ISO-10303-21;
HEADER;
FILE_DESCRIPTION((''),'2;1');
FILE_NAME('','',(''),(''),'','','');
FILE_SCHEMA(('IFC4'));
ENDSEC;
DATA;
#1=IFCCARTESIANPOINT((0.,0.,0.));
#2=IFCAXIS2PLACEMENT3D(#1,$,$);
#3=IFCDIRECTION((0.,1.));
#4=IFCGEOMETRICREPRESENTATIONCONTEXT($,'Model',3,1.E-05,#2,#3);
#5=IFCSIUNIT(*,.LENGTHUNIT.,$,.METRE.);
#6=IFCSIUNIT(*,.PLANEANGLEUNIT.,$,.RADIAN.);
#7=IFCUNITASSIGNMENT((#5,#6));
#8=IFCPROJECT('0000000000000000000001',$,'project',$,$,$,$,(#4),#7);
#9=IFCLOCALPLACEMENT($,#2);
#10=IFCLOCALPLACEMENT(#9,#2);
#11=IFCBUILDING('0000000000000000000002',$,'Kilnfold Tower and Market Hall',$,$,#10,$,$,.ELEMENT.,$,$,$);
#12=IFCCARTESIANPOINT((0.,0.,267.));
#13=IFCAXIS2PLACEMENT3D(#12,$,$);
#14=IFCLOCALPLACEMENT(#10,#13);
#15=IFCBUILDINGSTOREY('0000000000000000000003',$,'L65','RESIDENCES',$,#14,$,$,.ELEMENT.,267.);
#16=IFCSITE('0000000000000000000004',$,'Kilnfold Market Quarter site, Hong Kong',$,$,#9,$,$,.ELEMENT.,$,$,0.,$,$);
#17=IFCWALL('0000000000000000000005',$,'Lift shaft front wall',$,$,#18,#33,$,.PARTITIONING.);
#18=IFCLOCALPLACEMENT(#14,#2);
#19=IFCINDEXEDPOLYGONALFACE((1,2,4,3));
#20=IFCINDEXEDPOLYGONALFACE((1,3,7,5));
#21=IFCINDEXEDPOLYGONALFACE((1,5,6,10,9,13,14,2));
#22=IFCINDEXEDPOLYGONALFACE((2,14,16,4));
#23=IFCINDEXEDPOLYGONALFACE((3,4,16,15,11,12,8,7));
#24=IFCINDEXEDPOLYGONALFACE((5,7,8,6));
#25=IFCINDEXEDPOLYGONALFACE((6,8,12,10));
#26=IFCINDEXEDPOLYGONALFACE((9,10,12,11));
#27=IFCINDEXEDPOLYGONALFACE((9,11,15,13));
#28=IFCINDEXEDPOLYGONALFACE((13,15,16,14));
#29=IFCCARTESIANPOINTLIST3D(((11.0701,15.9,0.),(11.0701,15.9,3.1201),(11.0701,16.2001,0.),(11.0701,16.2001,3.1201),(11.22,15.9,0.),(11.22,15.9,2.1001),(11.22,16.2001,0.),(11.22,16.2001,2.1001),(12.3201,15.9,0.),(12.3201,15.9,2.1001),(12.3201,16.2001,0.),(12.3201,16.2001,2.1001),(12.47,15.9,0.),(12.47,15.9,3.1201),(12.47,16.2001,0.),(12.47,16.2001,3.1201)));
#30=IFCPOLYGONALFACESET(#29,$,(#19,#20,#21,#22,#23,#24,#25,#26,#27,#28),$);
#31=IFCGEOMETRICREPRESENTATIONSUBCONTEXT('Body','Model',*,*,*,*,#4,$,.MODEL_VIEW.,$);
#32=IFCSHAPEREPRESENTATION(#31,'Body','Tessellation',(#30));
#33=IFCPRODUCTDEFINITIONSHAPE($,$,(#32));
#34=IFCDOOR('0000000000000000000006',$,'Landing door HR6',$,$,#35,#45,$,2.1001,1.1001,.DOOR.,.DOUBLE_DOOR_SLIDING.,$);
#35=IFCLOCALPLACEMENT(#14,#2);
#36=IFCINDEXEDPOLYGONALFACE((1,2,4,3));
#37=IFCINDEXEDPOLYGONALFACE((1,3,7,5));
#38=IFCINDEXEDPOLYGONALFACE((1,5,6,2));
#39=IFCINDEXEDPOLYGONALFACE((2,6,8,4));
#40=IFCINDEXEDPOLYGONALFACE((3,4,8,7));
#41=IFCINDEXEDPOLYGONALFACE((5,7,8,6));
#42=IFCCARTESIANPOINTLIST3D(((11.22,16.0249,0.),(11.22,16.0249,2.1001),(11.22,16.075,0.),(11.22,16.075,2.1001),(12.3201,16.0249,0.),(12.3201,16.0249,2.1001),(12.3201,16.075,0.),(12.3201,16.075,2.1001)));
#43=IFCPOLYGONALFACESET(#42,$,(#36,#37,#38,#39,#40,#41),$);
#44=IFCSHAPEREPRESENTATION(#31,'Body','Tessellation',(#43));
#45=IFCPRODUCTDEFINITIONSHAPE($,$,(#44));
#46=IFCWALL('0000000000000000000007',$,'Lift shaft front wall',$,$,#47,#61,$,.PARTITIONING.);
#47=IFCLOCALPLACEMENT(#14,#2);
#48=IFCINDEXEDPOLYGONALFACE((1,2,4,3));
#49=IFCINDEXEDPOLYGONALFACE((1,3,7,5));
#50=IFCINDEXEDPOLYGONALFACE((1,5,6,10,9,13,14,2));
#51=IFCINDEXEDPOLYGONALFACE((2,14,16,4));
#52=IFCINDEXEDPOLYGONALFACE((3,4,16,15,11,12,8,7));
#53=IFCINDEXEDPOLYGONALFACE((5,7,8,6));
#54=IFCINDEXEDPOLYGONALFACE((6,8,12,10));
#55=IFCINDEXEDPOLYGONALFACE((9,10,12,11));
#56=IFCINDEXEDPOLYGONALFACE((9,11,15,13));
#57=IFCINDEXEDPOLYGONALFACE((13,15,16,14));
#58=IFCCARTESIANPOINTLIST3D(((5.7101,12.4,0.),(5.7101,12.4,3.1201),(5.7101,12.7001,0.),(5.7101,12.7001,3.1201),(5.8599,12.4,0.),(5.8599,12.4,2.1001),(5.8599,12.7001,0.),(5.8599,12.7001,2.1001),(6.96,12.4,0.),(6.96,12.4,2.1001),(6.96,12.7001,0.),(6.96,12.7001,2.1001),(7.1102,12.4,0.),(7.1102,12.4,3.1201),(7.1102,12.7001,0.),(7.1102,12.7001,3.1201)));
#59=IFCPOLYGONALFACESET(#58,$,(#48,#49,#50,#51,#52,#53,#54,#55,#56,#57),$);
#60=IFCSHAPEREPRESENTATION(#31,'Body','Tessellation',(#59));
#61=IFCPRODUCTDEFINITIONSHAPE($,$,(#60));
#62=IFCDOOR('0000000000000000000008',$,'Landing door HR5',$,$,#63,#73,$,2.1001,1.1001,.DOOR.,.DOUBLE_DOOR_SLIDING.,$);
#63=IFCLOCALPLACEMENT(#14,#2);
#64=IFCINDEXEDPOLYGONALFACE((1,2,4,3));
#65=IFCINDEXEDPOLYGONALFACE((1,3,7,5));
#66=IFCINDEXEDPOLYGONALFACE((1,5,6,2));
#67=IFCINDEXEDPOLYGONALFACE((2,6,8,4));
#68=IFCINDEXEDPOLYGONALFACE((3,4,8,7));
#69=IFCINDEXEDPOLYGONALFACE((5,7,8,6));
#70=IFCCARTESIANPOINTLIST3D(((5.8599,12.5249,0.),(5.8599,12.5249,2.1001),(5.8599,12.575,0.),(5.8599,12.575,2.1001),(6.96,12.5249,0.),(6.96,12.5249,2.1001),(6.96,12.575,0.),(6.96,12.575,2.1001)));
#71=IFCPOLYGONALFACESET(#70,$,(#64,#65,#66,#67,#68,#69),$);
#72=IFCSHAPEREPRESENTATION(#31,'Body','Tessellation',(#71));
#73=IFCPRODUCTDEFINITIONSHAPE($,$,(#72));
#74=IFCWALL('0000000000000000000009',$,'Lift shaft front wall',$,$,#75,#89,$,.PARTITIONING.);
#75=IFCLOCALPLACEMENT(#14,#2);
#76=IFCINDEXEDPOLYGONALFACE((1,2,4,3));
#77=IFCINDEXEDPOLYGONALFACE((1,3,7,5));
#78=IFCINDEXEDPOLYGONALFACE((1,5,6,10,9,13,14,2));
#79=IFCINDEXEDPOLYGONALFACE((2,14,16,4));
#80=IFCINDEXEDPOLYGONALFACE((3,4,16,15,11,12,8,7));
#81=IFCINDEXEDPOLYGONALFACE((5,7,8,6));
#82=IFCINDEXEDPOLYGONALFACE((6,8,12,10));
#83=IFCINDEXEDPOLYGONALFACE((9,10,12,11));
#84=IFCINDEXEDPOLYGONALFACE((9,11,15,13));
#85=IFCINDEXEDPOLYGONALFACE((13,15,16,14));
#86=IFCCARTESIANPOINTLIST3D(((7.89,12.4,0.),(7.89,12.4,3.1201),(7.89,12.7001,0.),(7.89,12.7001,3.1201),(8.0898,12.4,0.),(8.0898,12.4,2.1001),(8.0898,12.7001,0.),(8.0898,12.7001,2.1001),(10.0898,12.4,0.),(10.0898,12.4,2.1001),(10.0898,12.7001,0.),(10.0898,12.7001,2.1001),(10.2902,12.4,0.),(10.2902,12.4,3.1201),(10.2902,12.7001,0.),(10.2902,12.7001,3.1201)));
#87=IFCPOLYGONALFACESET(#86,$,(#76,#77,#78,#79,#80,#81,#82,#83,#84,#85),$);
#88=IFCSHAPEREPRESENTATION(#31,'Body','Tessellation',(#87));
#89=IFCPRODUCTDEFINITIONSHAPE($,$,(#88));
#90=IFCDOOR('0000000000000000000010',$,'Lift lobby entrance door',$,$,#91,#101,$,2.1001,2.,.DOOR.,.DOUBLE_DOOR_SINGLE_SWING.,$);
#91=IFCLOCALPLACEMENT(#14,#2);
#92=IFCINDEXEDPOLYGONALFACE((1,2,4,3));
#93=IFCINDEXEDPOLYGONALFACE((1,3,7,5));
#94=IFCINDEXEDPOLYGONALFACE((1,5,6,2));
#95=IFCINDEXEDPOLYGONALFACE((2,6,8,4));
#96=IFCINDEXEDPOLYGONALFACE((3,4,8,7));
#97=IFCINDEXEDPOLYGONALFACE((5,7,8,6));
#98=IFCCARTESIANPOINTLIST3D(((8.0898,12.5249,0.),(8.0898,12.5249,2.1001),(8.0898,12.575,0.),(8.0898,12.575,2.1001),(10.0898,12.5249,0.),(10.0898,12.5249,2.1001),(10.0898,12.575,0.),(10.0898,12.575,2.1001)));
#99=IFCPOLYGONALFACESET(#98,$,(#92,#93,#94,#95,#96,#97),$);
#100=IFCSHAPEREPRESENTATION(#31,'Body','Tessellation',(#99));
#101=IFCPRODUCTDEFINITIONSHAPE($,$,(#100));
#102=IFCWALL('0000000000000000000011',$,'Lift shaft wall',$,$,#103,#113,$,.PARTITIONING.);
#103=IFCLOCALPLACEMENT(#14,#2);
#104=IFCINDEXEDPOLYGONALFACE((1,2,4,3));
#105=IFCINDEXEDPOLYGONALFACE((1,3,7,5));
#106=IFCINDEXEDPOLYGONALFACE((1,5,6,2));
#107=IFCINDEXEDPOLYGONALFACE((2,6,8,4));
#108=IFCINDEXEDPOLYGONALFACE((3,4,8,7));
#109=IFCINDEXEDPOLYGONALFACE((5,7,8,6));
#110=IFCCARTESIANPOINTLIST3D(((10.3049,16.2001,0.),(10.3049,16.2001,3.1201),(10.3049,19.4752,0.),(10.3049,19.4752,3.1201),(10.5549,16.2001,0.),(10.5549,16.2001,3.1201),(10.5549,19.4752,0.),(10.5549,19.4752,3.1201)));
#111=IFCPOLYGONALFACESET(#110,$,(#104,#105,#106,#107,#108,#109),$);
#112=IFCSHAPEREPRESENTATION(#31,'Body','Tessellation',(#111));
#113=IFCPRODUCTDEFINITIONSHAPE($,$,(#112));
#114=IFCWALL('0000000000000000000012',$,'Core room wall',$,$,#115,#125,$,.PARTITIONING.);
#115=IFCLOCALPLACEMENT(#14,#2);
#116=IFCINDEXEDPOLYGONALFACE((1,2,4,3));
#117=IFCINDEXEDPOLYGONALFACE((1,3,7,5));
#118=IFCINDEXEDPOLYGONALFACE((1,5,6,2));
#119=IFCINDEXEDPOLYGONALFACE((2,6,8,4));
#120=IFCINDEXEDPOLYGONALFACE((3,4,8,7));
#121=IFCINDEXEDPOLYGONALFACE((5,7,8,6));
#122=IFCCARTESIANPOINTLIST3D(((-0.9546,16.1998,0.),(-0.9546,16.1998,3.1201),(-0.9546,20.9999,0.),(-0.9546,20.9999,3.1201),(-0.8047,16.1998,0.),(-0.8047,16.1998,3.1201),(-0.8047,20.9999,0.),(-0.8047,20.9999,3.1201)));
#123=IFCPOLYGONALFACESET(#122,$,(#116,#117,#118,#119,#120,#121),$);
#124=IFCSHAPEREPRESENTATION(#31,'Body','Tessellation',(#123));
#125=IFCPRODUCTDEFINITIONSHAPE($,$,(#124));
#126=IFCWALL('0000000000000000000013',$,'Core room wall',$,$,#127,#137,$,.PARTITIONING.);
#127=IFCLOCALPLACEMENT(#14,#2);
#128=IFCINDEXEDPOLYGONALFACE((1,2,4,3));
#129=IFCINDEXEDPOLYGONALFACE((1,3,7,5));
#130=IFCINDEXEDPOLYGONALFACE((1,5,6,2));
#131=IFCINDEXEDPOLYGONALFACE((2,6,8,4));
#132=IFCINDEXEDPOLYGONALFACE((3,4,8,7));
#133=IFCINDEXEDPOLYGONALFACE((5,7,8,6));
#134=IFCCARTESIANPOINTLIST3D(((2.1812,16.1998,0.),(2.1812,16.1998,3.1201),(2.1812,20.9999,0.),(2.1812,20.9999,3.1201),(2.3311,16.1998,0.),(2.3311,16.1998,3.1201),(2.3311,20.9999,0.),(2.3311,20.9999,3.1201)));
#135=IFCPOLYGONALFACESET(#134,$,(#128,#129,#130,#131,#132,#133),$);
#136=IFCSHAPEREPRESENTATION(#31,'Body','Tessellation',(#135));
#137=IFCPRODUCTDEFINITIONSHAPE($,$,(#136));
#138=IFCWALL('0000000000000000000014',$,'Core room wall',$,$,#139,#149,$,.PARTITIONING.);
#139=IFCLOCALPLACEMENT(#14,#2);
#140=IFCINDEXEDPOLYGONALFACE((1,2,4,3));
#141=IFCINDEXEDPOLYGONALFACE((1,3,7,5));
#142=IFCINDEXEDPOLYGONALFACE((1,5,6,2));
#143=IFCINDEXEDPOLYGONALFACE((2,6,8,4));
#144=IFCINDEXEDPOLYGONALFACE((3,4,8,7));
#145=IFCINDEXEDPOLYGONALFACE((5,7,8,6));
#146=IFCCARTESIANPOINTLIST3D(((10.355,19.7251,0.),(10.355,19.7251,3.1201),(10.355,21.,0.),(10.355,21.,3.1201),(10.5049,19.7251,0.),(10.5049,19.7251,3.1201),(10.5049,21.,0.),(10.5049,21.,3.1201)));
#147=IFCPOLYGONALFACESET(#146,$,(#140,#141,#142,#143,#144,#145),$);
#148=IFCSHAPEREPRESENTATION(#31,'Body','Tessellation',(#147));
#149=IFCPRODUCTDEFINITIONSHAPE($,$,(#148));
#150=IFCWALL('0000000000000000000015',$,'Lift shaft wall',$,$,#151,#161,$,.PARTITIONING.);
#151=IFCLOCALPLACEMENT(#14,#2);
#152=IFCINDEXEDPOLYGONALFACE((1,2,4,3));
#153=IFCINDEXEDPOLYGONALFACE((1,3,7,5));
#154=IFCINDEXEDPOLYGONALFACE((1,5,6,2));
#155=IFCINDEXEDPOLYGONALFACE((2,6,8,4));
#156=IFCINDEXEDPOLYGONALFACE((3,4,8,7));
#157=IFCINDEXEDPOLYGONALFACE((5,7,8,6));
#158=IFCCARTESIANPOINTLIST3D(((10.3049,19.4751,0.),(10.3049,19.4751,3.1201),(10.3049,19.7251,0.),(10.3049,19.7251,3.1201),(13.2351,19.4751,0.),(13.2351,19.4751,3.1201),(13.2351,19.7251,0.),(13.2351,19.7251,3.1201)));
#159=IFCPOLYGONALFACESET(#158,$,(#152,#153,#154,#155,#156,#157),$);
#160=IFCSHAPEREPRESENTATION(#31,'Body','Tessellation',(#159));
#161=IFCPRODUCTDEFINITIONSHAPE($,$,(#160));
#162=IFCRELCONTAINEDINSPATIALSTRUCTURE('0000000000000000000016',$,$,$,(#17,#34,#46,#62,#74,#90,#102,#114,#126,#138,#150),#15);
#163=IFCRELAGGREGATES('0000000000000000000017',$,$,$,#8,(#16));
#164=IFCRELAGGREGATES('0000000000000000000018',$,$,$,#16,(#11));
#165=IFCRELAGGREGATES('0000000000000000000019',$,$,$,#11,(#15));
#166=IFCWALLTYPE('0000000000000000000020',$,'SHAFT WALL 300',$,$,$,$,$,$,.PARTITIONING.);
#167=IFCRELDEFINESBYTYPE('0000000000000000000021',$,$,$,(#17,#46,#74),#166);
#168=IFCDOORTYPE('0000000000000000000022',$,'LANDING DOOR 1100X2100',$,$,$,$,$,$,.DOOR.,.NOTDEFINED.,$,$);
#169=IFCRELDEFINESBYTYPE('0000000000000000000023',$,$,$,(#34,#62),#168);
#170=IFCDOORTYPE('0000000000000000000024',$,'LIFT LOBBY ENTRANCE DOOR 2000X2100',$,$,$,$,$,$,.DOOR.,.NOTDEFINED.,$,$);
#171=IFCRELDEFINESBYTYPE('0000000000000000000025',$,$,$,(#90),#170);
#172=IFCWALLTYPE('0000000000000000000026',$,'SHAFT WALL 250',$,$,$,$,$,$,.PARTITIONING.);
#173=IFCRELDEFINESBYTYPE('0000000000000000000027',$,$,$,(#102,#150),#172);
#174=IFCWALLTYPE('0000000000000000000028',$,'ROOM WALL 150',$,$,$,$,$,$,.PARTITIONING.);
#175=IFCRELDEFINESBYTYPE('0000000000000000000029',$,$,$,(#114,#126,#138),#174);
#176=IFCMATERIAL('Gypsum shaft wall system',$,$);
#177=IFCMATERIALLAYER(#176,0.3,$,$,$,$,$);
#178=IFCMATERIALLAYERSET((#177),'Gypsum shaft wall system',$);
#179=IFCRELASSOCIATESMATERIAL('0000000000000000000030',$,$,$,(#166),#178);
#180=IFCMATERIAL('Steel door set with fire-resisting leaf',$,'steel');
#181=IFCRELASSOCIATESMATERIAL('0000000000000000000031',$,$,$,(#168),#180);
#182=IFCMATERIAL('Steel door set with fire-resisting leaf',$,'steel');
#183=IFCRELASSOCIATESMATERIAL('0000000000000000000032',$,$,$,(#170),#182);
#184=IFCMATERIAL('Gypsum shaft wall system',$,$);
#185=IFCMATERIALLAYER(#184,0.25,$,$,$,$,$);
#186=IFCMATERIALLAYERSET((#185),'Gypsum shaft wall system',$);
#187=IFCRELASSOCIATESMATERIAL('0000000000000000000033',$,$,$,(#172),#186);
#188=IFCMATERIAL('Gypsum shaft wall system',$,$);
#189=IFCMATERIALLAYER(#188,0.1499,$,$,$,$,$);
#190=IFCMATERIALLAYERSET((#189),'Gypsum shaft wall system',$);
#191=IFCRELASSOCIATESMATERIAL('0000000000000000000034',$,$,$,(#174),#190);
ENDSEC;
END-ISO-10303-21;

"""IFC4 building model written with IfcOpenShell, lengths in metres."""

from ifc_helpers import new_model, si_unit, direction, frame, frame_2d, origin, place, context, subcontext, project, spatial, rectangle, extrude, source, transform, mapped, material, layer, layer_set, type_object, element, fill, save


model = new_model("IFC4")

# Units and contexts
model_context = context("Model", 3, precision=1e-05, world=origin(), true_north=direction((0.0, 1.0)))
body_context = subcontext(model_context, "Body", "Model", "MODEL_VIEW")
ifc_project = project(units=[si_unit("LENGTHUNIT", "METRE"), si_unit("PLANEANGLEUNIT", "RADIAN")], contexts=[model_context])

# Site, building, storey
site_placement = place(None, origin())
site = spatial("IfcSite", under=ifc_project, at=site_placement, Name="Kilnfold Market Quarter site, Hong Kong", CompositionType="ELEMENT", RefElevation=0.0)
building_placement = place(site_placement, origin())
building = spatial("IfcBuilding", under=site, at=building_placement, Name="Kilnfold Tower and Market Hall", CompositionType="ELEMENT")
storey_placement = place(building_placement, frame((0.0, 0.0, 267.0)))
storey = spatial("IfcBuildingStorey", under=building, at=storey_placement, Name="L65", Description="RESIDENCES", CompositionType="ELEMENT", Elevation=267.0)

# Walls, openings, doors
ifc_material_1 = material(Name="Gypsum shaft wall system")
ifc_layer_1 = layer(ifc_material_1, 0.3)
ifc_layer_set_1 = layer_set([ifc_layer_1], Name="Gypsum shaft wall system")
wall_type_1 = type_object("IfcWallType", Name="SHAFT WALL 300", PredefinedType="PARTITIONING", material=ifc_layer_set_1)
shared_shape_1 = source(origin(), body_context, "Body", "SweptSolid", [
    extrude(rectangle(XDim=1.3999, YDim=0.3, at=frame_2d((0.7, 0.0))), origin(), (0.0, 0.0, 1.0), 3.1201),
])
wall_1_placement = place(storey_placement, frame((11.0701, 16.05, 0.0), z_axis=(0.0, 0.0, 1.0), x_axis=(1.0, 0.0, 0.0)))
wall_1 = element("IfcWall", 1, at=wall_1_placement, inside=storey, type_object=wall_type_1, Name="Lift shaft front wall", PredefinedType="PARTITIONING", context=body_context, shape_type="MappedRepresentation", body=[
    mapped(shared_shape_1, transform((0.0, 0.0, 0.0))),
])
opening_1_placement = place(wall_1_placement, frame((0.1499, 0.0, 0.0)))
opening_1 = element("IfcOpeningElement", 2, at=opening_1_placement, cuts=wall_1, PredefinedType="OPENING", context=body_context, shape_type="SweptSolid", body=[
    extrude(rectangle(XDim=1.1001, YDim=2.1001, at=frame_2d((0.55, 1.05))), frame((0.0, 0.1602, 0.0), z_axis=(0.0, -1.0, 0.0), x_axis=(1.0, 0.0, 0.0)), (0.0, 0.0, 1.0), 0.3201),
])
ifc_material_2 = material(Name="Steel door set with fire-resisting leaf", Category="steel")
door_type_1 = type_object("IfcDoorType", Name="LANDING DOOR 1100X2100", OperationType="NOTDEFINED", PredefinedType="DOOR", material=ifc_material_2)
door_1_placement = place(opening_1_placement, origin())
door_1 = element("IfcDoor", 3, at=door_1_placement, inside=storey, type_object=door_type_1, Name="Landing door HR6", OperationType="DOUBLE_DOOR_SLIDING", OverallHeight=2.1001, OverallWidth=1.1001, PredefinedType="DOOR", context=body_context, shape_type="SweptSolid", body=[
    extrude(rectangle(XDim=1.1001, YDim=2.1001, at=frame_2d((0.55, 1.05))), frame((0.0, 0.0249, 0.0), z_axis=(0.0, -1.0, 0.0), x_axis=(1.0, 0.0, 0.0)), (0.0, 0.0, 1.0), 0.05),
])
fill(opening_1, door_1)
shared_shape_2 = source(origin(), body_context, "Body", "SweptSolid", [
    extrude(rectangle(XDim=1.4001, YDim=0.3, at=frame_2d((0.7002, 0.0))), origin(), (0.0, 0.0, 1.0), 3.1201),
])
wall_2_placement = place(storey_placement, frame((5.71, 12.55, 0.0), z_axis=(0.0, 0.0, 1.0), x_axis=(1.0, 0.0, 0.0)))
wall_2 = element("IfcWall", 4, at=wall_2_placement, inside=storey, type_object=wall_type_1, Name="Lift shaft front wall", PredefinedType="PARTITIONING", context=body_context, shape_type="MappedRepresentation", body=[
    mapped(shared_shape_2, transform((0.0, 0.0, 0.0))),
])
opening_2_placement = place(wall_2_placement, frame((0.1499, 0.0, 0.0)))
opening_2 = element("IfcOpeningElement", 5, at=opening_2_placement, cuts=wall_2, PredefinedType="OPENING", context=body_context, shape_type="SweptSolid", body=[
    extrude(rectangle(XDim=1.1001, YDim=2.1001, at=frame_2d((0.55, 1.05))), frame((0.0, 0.1602, 0.0), z_axis=(0.0, -1.0, 0.0), x_axis=(1.0, 0.0, 0.0)), (0.0, 0.0, 1.0), 0.3201),
])
door_2_placement = place(opening_2_placement, origin())
door_2 = element("IfcDoor", 6, at=door_2_placement, inside=storey, type_object=door_type_1, Name="Landing door HR5", OperationType="DOUBLE_DOOR_SLIDING", OverallHeight=2.1001, OverallWidth=1.1001, PredefinedType="DOOR", context=body_context, shape_type="SweptSolid", body=[
    extrude(rectangle(XDim=1.1001, YDim=2.1001, at=frame_2d((0.55, 1.05))), frame((0.0, 0.0249, 0.0), z_axis=(0.0, -1.0, 0.0), x_axis=(1.0, 0.0, 0.0)), (0.0, 0.0, 1.0), 0.05),
])
fill(opening_2, door_2)
shared_shape_3 = source(origin(), body_context, "Body", "SweptSolid", [
    extrude(rectangle(XDim=2.4001, YDim=0.3, at=frame_2d((1.2002, 0.0))), origin(), (0.0, 0.0, 1.0), 3.1201),
])
wall_3_placement = place(storey_placement, frame((7.8899, 12.55, 0.0), z_axis=(0.0, 0.0, 1.0), x_axis=(1.0, 0.0, 0.0)))
wall_3 = element("IfcWall", 7, at=wall_3_placement, inside=storey, type_object=wall_type_1, Name="Lift shaft front wall", PredefinedType="PARTITIONING", context=body_context, shape_type="MappedRepresentation", body=[
    mapped(shared_shape_3, transform((0.0, 0.0, 0.0))),
])
opening_3_placement = place(wall_3_placement, frame((0.2, 0.0, 0.0)))
opening_3 = element("IfcOpeningElement", 8, at=opening_3_placement, cuts=wall_3, PredefinedType="OPENING", context=body_context, shape_type="SweptSolid", body=[
    extrude(rectangle(XDim=2.0, YDim=2.1001, at=frame_2d((1.0, 1.05))), frame((0.0, 0.1602, 0.0), z_axis=(0.0, -1.0, 0.0), x_axis=(1.0, 0.0, 0.0)), (0.0, 0.0, 1.0), 0.3201),
])
ifc_material_3 = material(Name="Steel door set with fire-resisting leaf", Category="steel")
door_type_2 = type_object("IfcDoorType", Name="LIFT LOBBY ENTRANCE DOOR 2000X2100", OperationType="NOTDEFINED", PredefinedType="DOOR", material=ifc_material_3)
door_3_placement = place(opening_3_placement, origin())
door_3 = element("IfcDoor", 9, at=door_3_placement, inside=storey, type_object=door_type_2, Name="Lift lobby entrance door", OperationType="DOUBLE_DOOR_SINGLE_SWING", OverallHeight=2.1001, OverallWidth=2.0, PredefinedType="DOOR", context=body_context, shape_type="SweptSolid", body=[
    extrude(rectangle(XDim=2.0, YDim=2.1001, at=frame_2d((1.0, 1.05))), frame((0.0, 0.0249, 0.0), z_axis=(0.0, -1.0, 0.0), x_axis=(1.0, 0.0, 0.0)), (0.0, 0.0, 1.0), 0.05),
])
fill(opening_3, door_3)

# Walls
ifc_material_4 = material(Name="Gypsum shaft wall system")
ifc_layer_2 = layer(ifc_material_4, 0.25)
ifc_layer_set_2 = layer_set([ifc_layer_2], Name="Gypsum shaft wall system")
wall_type_2 = type_object("IfcWallType", Name="SHAFT WALL 250", PredefinedType="PARTITIONING", material=ifc_layer_set_2)
shared_shape_4 = source(origin(), body_context, "Body", "SweptSolid", [
    extrude(rectangle(XDim=3.2751, YDim=0.25, at=frame_2d((1.6377, 0.0))), origin(), (0.0, 0.0, 1.0), 3.1201),
])
wall_4_placement = place(storey_placement, frame((10.4299, 16.2, 0.0), z_axis=(0.0, 0.0, 1.0), x_axis=(0.0, 1.0, 0.0)))
element("IfcWall", 10, at=wall_4_placement, inside=storey, type_object=wall_type_2, Name="Lift shaft wall", PredefinedType="PARTITIONING", context=body_context, shape_type="MappedRepresentation", body=[
    mapped(shared_shape_4, transform((0.0, 0.0, 0.0))),
])
ifc_material_5 = material(Name="Gypsum shaft wall system")
ifc_layer_3 = layer(ifc_material_5, 0.1499)
ifc_layer_set_3 = layer_set([ifc_layer_3], Name="Gypsum shaft wall system")
wall_type_3 = type_object("IfcWallType", Name="ROOM WALL 150", PredefinedType="PARTITIONING", material=ifc_layer_set_3)
shared_shape_5 = source(origin(), body_context, "Body", "SweptSolid", [
    extrude(rectangle(XDim=4.8, YDim=0.1499, at=frame_2d((2.3999, 0.0))), origin(), (0.0, 0.0, 1.0), 3.1201),
])
for number, where, z_axis, x_axis, name in (
    (11, (-0.8796, 16.2, 0.0), (0.0, 0.0, 1.0), (0.0, 1.0, 0.0), "Core room wall"),
    (12, (2.2561, 16.2, 0.0), (0.0, 0.0, 1.0), (0.0, 1.0, 0.0), "Core room wall"),
):
    element("IfcWall", number, at=place(storey_placement, frame(where, z_axis=z_axis, x_axis=x_axis)), inside=storey, type_object=wall_type_3, Name=name, PredefinedType="PARTITIONING", context=body_context, shape_type="MappedRepresentation", body=[
        mapped(shared_shape_5, transform((0.0, 0.0, 0.0))),
    ])
shared_shape_6 = source(origin(), body_context, "Body", "SweptSolid", [
    extrude(rectangle(XDim=1.2749, YDim=0.1499, at=frame_2d((0.6375, 0.0))), origin(), (0.0, 0.0, 1.0), 3.1201),
])
wall_5_placement = place(storey_placement, frame((10.4299, 19.7251, 0.0), z_axis=(0.0, 0.0, 1.0), x_axis=(0.0, 1.0, 0.0)))
element("IfcWall", 13, at=wall_5_placement, inside=storey, type_object=wall_type_3, Name="Core room wall", PredefinedType="PARTITIONING", context=body_context, shape_type="MappedRepresentation", body=[
    mapped(shared_shape_6, transform((0.0, 0.0, 0.0))),
])
shared_shape_7 = source(origin(), body_context, "Body", "SweptSolid", [
    extrude(rectangle(XDim=2.9302, YDim=0.25, at=frame_2d((1.4651, 0.0))), origin(), (0.0, 0.0, 1.0), 3.1201),
])
wall_6_placement = place(storey_placement, frame((10.3049, 19.6001, 0.0), z_axis=(0.0, 0.0, 1.0), x_axis=(1.0, 0.0, 0.0)))
element("IfcWall", 14, at=wall_6_placement, inside=storey, type_object=wall_type_2, Name="Lift shaft wall", PredefinedType="PARTITIONING", context=body_context, shape_type="MappedRepresentation", body=[
    mapped(shared_shape_7, transform((0.0, 0.0, 0.0))),
])

save(model, "model.ifc")
